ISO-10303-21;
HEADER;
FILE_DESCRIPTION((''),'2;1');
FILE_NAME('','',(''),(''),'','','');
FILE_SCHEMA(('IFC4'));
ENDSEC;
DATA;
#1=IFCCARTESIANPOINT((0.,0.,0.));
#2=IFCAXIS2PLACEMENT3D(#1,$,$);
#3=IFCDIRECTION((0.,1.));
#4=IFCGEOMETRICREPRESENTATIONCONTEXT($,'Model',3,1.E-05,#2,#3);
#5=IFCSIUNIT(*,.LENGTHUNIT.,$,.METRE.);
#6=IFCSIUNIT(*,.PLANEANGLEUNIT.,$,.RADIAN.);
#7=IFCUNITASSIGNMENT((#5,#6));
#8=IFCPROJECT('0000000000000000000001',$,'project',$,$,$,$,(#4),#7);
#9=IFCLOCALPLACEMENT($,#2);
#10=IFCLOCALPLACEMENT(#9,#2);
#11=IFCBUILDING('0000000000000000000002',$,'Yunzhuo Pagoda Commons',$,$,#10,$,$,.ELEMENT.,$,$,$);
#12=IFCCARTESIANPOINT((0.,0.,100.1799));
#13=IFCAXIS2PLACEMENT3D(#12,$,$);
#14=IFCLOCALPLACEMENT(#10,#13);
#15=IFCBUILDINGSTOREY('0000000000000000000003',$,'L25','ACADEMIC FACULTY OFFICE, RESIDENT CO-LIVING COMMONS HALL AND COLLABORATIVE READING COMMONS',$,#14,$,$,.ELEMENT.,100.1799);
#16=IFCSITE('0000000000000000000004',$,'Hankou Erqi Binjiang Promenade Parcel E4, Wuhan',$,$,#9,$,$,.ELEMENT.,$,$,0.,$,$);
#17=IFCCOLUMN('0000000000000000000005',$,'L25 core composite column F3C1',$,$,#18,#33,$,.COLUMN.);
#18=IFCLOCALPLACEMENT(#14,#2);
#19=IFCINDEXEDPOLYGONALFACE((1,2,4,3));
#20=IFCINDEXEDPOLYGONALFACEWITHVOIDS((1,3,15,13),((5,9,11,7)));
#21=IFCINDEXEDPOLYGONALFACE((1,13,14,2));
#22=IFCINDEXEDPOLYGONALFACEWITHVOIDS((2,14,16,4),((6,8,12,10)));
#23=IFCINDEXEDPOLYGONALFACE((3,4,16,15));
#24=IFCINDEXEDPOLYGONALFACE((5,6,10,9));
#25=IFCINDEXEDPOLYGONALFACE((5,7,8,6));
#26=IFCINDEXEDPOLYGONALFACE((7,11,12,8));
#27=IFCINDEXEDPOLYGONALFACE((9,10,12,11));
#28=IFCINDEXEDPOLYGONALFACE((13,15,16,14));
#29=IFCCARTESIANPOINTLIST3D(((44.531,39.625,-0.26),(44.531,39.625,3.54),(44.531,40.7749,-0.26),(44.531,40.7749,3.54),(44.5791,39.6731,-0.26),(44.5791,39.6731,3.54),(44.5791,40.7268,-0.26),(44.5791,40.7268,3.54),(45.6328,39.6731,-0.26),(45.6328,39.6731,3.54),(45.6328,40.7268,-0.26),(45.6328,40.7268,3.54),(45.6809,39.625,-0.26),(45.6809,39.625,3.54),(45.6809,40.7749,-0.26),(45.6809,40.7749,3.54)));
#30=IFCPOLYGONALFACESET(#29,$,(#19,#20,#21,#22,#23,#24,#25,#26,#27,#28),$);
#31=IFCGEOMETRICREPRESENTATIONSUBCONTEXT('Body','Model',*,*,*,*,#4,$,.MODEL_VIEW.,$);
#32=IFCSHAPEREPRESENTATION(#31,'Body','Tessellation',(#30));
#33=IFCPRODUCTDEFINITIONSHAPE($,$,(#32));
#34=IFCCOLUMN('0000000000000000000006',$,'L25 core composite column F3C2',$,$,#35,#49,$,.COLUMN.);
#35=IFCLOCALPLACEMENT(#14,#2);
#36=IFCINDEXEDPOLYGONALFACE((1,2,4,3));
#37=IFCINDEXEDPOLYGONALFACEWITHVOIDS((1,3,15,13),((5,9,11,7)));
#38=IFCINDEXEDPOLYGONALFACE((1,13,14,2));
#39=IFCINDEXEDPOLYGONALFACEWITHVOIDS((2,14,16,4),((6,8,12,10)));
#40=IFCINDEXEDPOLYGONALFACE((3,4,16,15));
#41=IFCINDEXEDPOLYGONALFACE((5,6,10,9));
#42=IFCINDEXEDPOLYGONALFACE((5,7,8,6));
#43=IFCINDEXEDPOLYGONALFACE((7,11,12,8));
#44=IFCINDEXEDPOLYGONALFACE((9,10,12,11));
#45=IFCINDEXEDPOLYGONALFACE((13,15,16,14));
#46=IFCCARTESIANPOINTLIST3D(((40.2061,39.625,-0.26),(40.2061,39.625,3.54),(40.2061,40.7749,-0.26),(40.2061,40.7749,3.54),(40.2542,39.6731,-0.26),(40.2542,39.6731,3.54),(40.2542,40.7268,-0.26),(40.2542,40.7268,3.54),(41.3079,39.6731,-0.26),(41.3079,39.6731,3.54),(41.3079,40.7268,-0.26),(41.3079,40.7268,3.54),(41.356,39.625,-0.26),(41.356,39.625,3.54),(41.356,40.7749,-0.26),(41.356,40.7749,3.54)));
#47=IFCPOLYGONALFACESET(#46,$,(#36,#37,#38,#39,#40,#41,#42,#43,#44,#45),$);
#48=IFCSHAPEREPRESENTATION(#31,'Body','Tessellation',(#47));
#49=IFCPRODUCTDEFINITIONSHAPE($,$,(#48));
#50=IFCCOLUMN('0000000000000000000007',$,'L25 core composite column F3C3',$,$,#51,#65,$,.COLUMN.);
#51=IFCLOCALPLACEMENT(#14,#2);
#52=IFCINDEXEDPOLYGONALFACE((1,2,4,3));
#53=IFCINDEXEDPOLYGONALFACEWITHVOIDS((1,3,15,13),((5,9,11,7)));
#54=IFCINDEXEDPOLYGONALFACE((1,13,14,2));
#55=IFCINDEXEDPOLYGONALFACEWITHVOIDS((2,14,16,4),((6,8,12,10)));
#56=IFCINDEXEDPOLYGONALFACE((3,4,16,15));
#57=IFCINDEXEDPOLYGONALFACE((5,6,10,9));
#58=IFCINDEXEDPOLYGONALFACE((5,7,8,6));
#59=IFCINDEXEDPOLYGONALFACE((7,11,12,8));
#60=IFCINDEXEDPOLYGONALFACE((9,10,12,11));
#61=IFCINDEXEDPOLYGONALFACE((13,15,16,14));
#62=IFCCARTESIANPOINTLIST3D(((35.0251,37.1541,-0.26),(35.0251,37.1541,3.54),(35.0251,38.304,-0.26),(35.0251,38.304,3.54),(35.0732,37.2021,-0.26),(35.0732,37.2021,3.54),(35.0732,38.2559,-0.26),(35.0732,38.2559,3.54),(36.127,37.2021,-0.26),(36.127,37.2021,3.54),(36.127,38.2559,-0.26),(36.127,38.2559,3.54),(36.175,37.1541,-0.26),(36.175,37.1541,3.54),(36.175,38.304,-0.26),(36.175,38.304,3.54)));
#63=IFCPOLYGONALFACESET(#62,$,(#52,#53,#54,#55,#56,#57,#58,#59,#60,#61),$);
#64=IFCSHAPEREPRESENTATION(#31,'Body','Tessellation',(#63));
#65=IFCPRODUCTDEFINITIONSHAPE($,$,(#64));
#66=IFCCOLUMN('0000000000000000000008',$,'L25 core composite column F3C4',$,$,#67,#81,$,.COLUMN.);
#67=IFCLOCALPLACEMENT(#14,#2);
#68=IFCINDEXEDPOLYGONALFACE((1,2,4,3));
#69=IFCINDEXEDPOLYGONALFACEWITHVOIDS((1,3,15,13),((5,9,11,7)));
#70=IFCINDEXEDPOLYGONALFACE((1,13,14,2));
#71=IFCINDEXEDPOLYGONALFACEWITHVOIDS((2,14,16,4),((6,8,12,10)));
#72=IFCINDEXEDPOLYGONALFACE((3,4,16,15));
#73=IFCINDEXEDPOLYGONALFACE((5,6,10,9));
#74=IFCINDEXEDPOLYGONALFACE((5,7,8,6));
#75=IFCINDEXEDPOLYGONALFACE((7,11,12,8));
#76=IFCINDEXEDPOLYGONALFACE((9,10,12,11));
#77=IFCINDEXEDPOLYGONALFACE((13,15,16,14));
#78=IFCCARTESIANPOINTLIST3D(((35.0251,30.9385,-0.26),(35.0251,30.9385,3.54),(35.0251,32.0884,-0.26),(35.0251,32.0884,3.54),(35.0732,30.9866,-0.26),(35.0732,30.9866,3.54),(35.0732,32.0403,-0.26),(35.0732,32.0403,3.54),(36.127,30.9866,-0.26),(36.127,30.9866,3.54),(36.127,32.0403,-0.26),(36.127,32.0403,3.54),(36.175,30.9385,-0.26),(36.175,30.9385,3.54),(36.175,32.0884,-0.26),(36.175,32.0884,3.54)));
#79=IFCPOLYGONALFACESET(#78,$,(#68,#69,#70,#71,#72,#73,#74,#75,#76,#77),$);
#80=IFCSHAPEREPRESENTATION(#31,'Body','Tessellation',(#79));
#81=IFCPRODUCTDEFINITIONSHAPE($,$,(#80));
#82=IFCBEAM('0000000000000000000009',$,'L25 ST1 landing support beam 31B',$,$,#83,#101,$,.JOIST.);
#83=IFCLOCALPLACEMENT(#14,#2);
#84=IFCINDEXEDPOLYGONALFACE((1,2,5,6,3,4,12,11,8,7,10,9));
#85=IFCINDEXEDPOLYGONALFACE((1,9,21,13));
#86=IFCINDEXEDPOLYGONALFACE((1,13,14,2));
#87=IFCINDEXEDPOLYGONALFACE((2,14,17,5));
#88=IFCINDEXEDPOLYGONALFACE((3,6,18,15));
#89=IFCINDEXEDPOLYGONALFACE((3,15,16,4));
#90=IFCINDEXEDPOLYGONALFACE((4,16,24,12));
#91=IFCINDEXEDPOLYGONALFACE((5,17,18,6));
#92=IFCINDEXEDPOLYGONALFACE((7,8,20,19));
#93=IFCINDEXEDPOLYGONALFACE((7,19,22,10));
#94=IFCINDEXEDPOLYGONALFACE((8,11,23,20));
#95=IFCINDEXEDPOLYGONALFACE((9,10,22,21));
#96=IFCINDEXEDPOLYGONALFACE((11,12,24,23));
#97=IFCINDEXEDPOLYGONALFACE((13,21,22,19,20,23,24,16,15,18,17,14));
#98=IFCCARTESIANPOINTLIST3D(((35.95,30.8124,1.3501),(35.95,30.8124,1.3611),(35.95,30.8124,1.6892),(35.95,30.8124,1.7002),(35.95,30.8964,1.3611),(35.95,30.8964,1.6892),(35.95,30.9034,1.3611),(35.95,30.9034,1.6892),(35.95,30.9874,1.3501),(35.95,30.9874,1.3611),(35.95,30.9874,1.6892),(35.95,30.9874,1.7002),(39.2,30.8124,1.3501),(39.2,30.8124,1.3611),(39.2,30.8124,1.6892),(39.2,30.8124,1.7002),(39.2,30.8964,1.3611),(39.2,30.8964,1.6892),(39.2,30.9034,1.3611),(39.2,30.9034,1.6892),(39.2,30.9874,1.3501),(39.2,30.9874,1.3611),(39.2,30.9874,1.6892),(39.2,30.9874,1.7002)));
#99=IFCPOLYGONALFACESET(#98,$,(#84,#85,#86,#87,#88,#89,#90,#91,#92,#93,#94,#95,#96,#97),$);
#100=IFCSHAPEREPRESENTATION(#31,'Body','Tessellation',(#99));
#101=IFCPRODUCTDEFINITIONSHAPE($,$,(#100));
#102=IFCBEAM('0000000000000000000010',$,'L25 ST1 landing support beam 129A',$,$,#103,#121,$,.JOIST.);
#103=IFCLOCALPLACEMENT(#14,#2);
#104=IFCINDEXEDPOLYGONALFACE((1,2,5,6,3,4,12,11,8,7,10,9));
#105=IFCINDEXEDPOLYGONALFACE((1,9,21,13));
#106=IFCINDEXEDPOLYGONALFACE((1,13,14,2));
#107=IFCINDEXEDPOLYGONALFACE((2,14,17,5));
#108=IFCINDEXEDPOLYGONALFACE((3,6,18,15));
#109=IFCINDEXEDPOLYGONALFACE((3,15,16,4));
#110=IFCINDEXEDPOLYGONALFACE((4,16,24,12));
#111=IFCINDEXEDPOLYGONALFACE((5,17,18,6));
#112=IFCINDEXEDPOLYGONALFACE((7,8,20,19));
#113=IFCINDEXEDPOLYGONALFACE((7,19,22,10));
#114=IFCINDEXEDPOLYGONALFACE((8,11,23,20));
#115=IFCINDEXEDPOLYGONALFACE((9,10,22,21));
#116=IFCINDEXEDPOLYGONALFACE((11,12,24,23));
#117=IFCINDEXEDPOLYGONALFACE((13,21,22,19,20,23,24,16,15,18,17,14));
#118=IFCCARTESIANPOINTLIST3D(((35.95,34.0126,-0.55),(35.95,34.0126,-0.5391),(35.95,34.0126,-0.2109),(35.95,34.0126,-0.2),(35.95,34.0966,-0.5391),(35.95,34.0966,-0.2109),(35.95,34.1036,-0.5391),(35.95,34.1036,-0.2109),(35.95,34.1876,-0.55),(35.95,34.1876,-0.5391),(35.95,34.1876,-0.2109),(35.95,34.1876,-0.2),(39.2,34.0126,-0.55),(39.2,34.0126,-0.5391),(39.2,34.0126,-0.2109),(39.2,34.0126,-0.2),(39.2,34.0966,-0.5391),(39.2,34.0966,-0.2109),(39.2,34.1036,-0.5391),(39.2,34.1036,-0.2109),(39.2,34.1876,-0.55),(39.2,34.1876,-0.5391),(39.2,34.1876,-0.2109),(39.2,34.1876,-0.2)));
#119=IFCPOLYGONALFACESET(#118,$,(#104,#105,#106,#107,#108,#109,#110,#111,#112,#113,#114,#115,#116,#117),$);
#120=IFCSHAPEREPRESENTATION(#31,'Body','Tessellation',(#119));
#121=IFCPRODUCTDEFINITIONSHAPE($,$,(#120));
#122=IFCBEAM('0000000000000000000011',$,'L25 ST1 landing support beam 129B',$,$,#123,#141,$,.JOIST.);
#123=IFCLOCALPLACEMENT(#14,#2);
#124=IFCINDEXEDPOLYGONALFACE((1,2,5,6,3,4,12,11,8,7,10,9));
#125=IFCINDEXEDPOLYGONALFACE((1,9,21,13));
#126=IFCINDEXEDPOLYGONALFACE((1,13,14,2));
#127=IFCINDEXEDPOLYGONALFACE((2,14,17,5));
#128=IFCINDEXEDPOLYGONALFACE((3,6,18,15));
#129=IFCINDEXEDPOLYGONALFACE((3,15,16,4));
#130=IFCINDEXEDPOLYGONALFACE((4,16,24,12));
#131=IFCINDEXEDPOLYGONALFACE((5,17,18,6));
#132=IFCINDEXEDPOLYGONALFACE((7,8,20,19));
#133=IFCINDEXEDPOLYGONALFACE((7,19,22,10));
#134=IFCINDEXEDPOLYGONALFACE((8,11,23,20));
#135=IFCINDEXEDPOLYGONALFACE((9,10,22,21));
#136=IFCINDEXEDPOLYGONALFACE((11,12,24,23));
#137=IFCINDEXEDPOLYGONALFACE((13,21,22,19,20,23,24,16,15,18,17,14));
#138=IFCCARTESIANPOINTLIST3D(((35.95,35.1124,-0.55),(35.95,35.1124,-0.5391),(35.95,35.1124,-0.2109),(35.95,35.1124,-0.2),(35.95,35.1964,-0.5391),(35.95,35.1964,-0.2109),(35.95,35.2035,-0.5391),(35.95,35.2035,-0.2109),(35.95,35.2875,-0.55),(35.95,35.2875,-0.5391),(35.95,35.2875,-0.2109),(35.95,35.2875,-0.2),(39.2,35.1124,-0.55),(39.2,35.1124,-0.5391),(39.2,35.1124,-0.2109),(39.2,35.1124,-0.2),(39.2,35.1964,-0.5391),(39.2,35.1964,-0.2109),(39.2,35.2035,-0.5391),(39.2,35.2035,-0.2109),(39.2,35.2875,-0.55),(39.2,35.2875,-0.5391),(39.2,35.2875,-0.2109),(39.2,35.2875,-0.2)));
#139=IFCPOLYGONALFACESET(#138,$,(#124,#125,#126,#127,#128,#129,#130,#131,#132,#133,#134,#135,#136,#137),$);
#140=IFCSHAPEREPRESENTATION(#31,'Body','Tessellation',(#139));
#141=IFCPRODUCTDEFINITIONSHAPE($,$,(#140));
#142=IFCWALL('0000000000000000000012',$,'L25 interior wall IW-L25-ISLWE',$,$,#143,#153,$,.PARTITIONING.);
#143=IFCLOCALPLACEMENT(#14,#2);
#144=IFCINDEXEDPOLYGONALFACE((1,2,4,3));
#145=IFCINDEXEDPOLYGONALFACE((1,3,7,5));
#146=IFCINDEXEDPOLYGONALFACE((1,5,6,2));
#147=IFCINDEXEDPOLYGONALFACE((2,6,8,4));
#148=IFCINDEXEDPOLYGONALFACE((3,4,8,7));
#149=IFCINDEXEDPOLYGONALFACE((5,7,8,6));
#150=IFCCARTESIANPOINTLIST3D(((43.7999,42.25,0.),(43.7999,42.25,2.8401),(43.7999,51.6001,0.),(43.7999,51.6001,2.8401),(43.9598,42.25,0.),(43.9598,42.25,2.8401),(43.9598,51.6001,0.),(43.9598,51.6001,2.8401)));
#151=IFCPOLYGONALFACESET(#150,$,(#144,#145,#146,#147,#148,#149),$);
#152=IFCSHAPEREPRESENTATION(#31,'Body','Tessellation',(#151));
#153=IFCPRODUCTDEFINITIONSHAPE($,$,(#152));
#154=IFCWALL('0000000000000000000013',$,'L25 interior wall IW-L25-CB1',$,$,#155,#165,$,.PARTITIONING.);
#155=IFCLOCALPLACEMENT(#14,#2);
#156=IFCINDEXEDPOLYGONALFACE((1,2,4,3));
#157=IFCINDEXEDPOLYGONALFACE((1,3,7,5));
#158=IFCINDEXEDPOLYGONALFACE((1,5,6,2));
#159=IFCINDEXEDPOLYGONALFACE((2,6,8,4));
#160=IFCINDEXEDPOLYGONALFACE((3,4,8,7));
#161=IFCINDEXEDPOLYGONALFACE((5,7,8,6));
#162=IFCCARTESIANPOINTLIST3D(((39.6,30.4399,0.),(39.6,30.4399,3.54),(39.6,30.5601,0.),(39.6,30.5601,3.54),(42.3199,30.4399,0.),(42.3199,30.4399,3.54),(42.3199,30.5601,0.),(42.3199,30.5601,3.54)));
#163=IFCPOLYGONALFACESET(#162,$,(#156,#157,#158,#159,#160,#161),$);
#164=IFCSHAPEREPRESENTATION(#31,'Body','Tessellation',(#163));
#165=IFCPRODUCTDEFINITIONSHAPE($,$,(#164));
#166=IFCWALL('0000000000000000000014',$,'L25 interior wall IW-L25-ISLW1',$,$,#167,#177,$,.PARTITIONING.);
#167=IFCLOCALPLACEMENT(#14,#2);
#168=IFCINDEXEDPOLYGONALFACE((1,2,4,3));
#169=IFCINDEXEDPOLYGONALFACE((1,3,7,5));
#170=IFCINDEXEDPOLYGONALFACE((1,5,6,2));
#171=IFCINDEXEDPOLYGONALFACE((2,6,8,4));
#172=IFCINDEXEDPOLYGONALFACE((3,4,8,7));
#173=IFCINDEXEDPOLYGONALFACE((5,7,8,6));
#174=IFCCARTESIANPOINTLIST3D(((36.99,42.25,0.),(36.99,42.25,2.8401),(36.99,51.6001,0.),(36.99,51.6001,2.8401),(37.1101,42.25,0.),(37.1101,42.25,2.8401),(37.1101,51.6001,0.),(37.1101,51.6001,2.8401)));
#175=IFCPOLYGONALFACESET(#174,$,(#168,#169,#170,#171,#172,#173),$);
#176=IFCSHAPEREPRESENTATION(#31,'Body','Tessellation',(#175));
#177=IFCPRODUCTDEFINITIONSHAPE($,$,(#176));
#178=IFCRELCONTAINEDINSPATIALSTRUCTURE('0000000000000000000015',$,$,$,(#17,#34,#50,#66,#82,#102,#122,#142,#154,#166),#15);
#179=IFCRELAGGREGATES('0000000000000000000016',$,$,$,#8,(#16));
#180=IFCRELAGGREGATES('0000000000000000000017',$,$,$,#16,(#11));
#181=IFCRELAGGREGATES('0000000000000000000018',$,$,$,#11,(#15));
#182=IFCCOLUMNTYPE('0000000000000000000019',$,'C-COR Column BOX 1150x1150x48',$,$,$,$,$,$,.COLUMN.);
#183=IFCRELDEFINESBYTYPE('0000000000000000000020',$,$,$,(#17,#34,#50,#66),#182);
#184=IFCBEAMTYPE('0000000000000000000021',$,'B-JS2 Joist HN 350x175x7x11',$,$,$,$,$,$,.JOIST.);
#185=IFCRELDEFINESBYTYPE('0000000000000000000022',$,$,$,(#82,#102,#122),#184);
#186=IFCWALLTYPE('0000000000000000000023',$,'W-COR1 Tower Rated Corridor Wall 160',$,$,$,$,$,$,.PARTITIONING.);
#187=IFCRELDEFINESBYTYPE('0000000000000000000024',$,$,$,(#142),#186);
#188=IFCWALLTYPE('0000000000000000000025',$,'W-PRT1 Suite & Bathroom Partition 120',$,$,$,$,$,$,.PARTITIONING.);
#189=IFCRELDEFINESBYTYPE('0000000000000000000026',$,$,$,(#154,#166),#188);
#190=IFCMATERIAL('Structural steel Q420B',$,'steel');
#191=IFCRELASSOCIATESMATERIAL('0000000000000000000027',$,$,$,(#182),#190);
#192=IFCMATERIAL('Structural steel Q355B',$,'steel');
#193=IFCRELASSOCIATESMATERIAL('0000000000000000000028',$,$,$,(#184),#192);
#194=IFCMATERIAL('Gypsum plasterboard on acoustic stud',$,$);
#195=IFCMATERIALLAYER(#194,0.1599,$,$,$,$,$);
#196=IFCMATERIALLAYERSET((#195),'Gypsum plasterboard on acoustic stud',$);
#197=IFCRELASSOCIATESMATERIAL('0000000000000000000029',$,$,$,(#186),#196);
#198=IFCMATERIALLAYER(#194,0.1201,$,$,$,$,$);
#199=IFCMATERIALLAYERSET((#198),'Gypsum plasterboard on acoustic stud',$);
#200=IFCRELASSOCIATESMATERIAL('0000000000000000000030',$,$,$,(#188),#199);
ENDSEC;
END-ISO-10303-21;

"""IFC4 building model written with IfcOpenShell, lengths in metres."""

from ifc_helpers import new_model, si_unit, direction, frame, frame_2d, origin, origin_2d, place, context, subcontext, project, spatial, rectangle, hollow_rectangle, i_section, extrude, source, transform, mapped, material, layer, layer_set, material_profile, profile_set, type_object, element, save


model = new_model("IFC4")

# Units and contexts
model_context = context("Model", 3, precision=1e-05, world=origin(), true_north=direction((0.0, 1.0)))
body_context = subcontext(model_context, "Body", "Model", "MODEL_VIEW")
ifc_project = project(units=[si_unit("LENGTHUNIT", "METRE"), si_unit("PLANEANGLEUNIT", "RADIAN")], contexts=[model_context])

# Site, building, storey
site_placement = place(None, origin())
site = spatial("IfcSite", under=ifc_project, at=site_placement, Name="Hankou Erqi Binjiang Promenade Parcel E4, Wuhan", CompositionType="ELEMENT", RefElevation=0.0)
building_placement = place(site_placement, origin())
building = spatial("IfcBuilding", under=site, at=building_placement, Name="Yunzhuo Pagoda Commons", CompositionType="ELEMENT")
storey_placement = place(building_placement, frame((0.0, 0.0, 100.1799)))
storey = spatial("IfcBuildingStorey", under=building, at=storey_placement, Name="L25", Description="ACADEMIC FACULTY OFFICE, RESIDENT CO-LIVING COMMONS HALL AND COLLABORATIVE READING COMMONS", CompositionType="ELEMENT", Elevation=100.1799)

# Columns
ifc_material_1 = material(Name="Structural steel Q420B", Category="steel")
ifc_material_profile_1 = material_profile(ifc_material_1, hollow_rectangle(XDim=1.1499, YDim=1.1499, WallThickness=0.0481, at=origin_2d()), Name="Structural steel Q420B")
ifc_profile_set_1 = profile_set([ifc_material_profile_1], Name="Structural steel Q420B")
column_type = type_object("IfcColumnType", Name="C-COR Column BOX 1150x1150x48", PredefinedType="COLUMN", material=ifc_profile_set_1)
shared_shape_1 = source(origin(), body_context, "Body", "SweptSolid", [
    extrude(hollow_rectangle(XDim=1.1499, YDim=1.1499, WallThickness=0.0481, at=origin_2d()), origin(), (0.0, 0.0, 1.0), 3.8),
])
for number, where, z_axis, x_axis, name in (
    (1, (45.106, 40.2, -0.26), (0.0, 0.0, 1.0), (1.0, 0.0, 0.0), "L25 core composite column F3C1"),
    (2, (40.781, 40.2, -0.26), (0.0, 0.0, 1.0), (1.0, 0.0, 0.0), "L25 core composite column F3C2"),
    (3, (35.6001, 37.729, -0.26), (0.0, 0.0, 1.0), (1.0, 0.0, 0.0), "L25 core composite column F3C3"),
    (4, (35.6001, 31.5134, -0.26), (0.0, 0.0, 1.0), (1.0, 0.0, 0.0), "L25 core composite column F3C4"),
):
    element("IfcColumn", number, at=place(storey_placement, frame(where, z_axis=z_axis, x_axis=x_axis)), inside=storey, type_object=column_type, Name=name, PredefinedType="COLUMN", context=body_context, shape_type="MappedRepresentation", body=[
        mapped(shared_shape_1, transform((0.0, 0.0, 0.0), scale=1.0)),
    ])

# Beams
ifc_material_2 = material(Name="Structural steel Q355B", Category="steel")
ifc_material_profile_2 = material_profile(ifc_material_2, i_section(OverallWidth=0.175, OverallDepth=0.3501, WebThickness=0.0071, FlangeThickness=0.011, at=origin_2d()), Name="Structural steel Q355B")
ifc_profile_set_2 = profile_set([ifc_material_profile_2], Name="Structural steel Q355B")
beam_type = type_object("IfcBeamType", Name="B-JS2 Joist HN 350x175x7x11", PredefinedType="JOIST", material=ifc_profile_set_2)
shared_shape_2 = source(origin(), body_context, "Body", "SweptSolid", [
    extrude(i_section(OverallWidth=0.175, OverallDepth=0.3501, WebThickness=0.0071, FlangeThickness=0.011, at=origin_2d()), origin(), (0.0, 0.0, 1.0), 3.25),
])
for number, where, z_axis, x_axis, name in (
    (5, (35.95, 30.8999, 1.5251), (1.0, 0.0, 0.0), (0.0, 1.0, 0.0), "L25 ST1 landing support beam 31B"),
    (6, (35.95, 34.1001, -0.375), (1.0, 0.0, 0.0), (0.0, 1.0, 0.0), "L25 ST1 landing support beam 129A"),
    (7, (35.95, 35.2, -0.375), (1.0, 0.0, 0.0), (0.0, 1.0, 0.0), "L25 ST1 landing support beam 129B"),
):
    element("IfcBeam", number, at=place(storey_placement, frame(where, z_axis=z_axis, x_axis=x_axis)), inside=storey, type_object=beam_type, Name=name, PredefinedType="JOIST", context=body_context, shape_type="MappedRepresentation", body=[
        mapped(shared_shape_2, transform((0.0, 0.0, 0.0), scale=1.0)),
    ])

# Walls
ifc_material_3 = material(Name="Gypsum plasterboard on acoustic stud")
ifc_layer_1 = layer(ifc_material_3, 0.1599)
ifc_layer_set_1 = layer_set([ifc_layer_1], Name="Gypsum plasterboard on acoustic stud")
wall_type_1 = type_object("IfcWallType", Name="W-COR1 Tower Rated Corridor Wall 160", PredefinedType="PARTITIONING", material=ifc_layer_set_1)
wall_1_placement = place(storey_placement, frame((43.8799, 42.25, 0.0), z_axis=(0.0, 0.0, 1.0), x_axis=(0.0, 1.0, 0.0)))
element("IfcWall", 8, at=wall_1_placement, inside=storey, type_object=wall_type_1, Name="L25 interior wall IW-L25-ISLWE", PredefinedType="PARTITIONING", context=body_context, shape_type="SweptSolid", body=[
    extrude(rectangle(XDim=9.3501, YDim=0.1599, at=frame_2d((4.675, 0.0))), origin(), (0.0, 0.0, 1.0), 2.8401),
])
ifc_layer_2 = layer(ifc_material_3, 0.1201)
ifc_layer_set_2 = layer_set([ifc_layer_2], Name="Gypsum plasterboard on acoustic stud")
wall_type_2 = type_object("IfcWallType", Name="W-PRT1 Suite & Bathroom Partition 120", PredefinedType="PARTITIONING", material=ifc_layer_set_2)
wall_2_placement = place(storey_placement, frame((39.6001, 30.5, 0.0), z_axis=(0.0, 0.0, 1.0), x_axis=(1.0, 0.0, 0.0)))
element("IfcWall", 9, at=wall_2_placement, inside=storey, type_object=wall_type_2, Name="L25 interior wall IW-L25-CB1", PredefinedType="PARTITIONING", context=body_context, shape_type="SweptSolid", body=[
    extrude(rectangle(XDim=2.72, YDim=0.1201, at=frame_2d((1.3599, 0.0))), origin(), (0.0, 0.0, 1.0), 3.54),
])
wall_3_placement = place(storey_placement, frame((37.05, 42.25, 0.0), z_axis=(0.0, 0.0, 1.0), x_axis=(0.0, 1.0, 0.0)))
element("IfcWall", 10, at=wall_3_placement, inside=storey, type_object=wall_type_2, Name="L25 interior wall IW-L25-ISLW1", PredefinedType="PARTITIONING", context=body_context, shape_type="SweptSolid", body=[
    extrude(rectangle(XDim=9.3501, YDim=0.1201, at=frame_2d((4.675, 0.0))), origin(), (0.0, 0.0, 1.0), 2.8401),
])

save(model, "model.ifc")
